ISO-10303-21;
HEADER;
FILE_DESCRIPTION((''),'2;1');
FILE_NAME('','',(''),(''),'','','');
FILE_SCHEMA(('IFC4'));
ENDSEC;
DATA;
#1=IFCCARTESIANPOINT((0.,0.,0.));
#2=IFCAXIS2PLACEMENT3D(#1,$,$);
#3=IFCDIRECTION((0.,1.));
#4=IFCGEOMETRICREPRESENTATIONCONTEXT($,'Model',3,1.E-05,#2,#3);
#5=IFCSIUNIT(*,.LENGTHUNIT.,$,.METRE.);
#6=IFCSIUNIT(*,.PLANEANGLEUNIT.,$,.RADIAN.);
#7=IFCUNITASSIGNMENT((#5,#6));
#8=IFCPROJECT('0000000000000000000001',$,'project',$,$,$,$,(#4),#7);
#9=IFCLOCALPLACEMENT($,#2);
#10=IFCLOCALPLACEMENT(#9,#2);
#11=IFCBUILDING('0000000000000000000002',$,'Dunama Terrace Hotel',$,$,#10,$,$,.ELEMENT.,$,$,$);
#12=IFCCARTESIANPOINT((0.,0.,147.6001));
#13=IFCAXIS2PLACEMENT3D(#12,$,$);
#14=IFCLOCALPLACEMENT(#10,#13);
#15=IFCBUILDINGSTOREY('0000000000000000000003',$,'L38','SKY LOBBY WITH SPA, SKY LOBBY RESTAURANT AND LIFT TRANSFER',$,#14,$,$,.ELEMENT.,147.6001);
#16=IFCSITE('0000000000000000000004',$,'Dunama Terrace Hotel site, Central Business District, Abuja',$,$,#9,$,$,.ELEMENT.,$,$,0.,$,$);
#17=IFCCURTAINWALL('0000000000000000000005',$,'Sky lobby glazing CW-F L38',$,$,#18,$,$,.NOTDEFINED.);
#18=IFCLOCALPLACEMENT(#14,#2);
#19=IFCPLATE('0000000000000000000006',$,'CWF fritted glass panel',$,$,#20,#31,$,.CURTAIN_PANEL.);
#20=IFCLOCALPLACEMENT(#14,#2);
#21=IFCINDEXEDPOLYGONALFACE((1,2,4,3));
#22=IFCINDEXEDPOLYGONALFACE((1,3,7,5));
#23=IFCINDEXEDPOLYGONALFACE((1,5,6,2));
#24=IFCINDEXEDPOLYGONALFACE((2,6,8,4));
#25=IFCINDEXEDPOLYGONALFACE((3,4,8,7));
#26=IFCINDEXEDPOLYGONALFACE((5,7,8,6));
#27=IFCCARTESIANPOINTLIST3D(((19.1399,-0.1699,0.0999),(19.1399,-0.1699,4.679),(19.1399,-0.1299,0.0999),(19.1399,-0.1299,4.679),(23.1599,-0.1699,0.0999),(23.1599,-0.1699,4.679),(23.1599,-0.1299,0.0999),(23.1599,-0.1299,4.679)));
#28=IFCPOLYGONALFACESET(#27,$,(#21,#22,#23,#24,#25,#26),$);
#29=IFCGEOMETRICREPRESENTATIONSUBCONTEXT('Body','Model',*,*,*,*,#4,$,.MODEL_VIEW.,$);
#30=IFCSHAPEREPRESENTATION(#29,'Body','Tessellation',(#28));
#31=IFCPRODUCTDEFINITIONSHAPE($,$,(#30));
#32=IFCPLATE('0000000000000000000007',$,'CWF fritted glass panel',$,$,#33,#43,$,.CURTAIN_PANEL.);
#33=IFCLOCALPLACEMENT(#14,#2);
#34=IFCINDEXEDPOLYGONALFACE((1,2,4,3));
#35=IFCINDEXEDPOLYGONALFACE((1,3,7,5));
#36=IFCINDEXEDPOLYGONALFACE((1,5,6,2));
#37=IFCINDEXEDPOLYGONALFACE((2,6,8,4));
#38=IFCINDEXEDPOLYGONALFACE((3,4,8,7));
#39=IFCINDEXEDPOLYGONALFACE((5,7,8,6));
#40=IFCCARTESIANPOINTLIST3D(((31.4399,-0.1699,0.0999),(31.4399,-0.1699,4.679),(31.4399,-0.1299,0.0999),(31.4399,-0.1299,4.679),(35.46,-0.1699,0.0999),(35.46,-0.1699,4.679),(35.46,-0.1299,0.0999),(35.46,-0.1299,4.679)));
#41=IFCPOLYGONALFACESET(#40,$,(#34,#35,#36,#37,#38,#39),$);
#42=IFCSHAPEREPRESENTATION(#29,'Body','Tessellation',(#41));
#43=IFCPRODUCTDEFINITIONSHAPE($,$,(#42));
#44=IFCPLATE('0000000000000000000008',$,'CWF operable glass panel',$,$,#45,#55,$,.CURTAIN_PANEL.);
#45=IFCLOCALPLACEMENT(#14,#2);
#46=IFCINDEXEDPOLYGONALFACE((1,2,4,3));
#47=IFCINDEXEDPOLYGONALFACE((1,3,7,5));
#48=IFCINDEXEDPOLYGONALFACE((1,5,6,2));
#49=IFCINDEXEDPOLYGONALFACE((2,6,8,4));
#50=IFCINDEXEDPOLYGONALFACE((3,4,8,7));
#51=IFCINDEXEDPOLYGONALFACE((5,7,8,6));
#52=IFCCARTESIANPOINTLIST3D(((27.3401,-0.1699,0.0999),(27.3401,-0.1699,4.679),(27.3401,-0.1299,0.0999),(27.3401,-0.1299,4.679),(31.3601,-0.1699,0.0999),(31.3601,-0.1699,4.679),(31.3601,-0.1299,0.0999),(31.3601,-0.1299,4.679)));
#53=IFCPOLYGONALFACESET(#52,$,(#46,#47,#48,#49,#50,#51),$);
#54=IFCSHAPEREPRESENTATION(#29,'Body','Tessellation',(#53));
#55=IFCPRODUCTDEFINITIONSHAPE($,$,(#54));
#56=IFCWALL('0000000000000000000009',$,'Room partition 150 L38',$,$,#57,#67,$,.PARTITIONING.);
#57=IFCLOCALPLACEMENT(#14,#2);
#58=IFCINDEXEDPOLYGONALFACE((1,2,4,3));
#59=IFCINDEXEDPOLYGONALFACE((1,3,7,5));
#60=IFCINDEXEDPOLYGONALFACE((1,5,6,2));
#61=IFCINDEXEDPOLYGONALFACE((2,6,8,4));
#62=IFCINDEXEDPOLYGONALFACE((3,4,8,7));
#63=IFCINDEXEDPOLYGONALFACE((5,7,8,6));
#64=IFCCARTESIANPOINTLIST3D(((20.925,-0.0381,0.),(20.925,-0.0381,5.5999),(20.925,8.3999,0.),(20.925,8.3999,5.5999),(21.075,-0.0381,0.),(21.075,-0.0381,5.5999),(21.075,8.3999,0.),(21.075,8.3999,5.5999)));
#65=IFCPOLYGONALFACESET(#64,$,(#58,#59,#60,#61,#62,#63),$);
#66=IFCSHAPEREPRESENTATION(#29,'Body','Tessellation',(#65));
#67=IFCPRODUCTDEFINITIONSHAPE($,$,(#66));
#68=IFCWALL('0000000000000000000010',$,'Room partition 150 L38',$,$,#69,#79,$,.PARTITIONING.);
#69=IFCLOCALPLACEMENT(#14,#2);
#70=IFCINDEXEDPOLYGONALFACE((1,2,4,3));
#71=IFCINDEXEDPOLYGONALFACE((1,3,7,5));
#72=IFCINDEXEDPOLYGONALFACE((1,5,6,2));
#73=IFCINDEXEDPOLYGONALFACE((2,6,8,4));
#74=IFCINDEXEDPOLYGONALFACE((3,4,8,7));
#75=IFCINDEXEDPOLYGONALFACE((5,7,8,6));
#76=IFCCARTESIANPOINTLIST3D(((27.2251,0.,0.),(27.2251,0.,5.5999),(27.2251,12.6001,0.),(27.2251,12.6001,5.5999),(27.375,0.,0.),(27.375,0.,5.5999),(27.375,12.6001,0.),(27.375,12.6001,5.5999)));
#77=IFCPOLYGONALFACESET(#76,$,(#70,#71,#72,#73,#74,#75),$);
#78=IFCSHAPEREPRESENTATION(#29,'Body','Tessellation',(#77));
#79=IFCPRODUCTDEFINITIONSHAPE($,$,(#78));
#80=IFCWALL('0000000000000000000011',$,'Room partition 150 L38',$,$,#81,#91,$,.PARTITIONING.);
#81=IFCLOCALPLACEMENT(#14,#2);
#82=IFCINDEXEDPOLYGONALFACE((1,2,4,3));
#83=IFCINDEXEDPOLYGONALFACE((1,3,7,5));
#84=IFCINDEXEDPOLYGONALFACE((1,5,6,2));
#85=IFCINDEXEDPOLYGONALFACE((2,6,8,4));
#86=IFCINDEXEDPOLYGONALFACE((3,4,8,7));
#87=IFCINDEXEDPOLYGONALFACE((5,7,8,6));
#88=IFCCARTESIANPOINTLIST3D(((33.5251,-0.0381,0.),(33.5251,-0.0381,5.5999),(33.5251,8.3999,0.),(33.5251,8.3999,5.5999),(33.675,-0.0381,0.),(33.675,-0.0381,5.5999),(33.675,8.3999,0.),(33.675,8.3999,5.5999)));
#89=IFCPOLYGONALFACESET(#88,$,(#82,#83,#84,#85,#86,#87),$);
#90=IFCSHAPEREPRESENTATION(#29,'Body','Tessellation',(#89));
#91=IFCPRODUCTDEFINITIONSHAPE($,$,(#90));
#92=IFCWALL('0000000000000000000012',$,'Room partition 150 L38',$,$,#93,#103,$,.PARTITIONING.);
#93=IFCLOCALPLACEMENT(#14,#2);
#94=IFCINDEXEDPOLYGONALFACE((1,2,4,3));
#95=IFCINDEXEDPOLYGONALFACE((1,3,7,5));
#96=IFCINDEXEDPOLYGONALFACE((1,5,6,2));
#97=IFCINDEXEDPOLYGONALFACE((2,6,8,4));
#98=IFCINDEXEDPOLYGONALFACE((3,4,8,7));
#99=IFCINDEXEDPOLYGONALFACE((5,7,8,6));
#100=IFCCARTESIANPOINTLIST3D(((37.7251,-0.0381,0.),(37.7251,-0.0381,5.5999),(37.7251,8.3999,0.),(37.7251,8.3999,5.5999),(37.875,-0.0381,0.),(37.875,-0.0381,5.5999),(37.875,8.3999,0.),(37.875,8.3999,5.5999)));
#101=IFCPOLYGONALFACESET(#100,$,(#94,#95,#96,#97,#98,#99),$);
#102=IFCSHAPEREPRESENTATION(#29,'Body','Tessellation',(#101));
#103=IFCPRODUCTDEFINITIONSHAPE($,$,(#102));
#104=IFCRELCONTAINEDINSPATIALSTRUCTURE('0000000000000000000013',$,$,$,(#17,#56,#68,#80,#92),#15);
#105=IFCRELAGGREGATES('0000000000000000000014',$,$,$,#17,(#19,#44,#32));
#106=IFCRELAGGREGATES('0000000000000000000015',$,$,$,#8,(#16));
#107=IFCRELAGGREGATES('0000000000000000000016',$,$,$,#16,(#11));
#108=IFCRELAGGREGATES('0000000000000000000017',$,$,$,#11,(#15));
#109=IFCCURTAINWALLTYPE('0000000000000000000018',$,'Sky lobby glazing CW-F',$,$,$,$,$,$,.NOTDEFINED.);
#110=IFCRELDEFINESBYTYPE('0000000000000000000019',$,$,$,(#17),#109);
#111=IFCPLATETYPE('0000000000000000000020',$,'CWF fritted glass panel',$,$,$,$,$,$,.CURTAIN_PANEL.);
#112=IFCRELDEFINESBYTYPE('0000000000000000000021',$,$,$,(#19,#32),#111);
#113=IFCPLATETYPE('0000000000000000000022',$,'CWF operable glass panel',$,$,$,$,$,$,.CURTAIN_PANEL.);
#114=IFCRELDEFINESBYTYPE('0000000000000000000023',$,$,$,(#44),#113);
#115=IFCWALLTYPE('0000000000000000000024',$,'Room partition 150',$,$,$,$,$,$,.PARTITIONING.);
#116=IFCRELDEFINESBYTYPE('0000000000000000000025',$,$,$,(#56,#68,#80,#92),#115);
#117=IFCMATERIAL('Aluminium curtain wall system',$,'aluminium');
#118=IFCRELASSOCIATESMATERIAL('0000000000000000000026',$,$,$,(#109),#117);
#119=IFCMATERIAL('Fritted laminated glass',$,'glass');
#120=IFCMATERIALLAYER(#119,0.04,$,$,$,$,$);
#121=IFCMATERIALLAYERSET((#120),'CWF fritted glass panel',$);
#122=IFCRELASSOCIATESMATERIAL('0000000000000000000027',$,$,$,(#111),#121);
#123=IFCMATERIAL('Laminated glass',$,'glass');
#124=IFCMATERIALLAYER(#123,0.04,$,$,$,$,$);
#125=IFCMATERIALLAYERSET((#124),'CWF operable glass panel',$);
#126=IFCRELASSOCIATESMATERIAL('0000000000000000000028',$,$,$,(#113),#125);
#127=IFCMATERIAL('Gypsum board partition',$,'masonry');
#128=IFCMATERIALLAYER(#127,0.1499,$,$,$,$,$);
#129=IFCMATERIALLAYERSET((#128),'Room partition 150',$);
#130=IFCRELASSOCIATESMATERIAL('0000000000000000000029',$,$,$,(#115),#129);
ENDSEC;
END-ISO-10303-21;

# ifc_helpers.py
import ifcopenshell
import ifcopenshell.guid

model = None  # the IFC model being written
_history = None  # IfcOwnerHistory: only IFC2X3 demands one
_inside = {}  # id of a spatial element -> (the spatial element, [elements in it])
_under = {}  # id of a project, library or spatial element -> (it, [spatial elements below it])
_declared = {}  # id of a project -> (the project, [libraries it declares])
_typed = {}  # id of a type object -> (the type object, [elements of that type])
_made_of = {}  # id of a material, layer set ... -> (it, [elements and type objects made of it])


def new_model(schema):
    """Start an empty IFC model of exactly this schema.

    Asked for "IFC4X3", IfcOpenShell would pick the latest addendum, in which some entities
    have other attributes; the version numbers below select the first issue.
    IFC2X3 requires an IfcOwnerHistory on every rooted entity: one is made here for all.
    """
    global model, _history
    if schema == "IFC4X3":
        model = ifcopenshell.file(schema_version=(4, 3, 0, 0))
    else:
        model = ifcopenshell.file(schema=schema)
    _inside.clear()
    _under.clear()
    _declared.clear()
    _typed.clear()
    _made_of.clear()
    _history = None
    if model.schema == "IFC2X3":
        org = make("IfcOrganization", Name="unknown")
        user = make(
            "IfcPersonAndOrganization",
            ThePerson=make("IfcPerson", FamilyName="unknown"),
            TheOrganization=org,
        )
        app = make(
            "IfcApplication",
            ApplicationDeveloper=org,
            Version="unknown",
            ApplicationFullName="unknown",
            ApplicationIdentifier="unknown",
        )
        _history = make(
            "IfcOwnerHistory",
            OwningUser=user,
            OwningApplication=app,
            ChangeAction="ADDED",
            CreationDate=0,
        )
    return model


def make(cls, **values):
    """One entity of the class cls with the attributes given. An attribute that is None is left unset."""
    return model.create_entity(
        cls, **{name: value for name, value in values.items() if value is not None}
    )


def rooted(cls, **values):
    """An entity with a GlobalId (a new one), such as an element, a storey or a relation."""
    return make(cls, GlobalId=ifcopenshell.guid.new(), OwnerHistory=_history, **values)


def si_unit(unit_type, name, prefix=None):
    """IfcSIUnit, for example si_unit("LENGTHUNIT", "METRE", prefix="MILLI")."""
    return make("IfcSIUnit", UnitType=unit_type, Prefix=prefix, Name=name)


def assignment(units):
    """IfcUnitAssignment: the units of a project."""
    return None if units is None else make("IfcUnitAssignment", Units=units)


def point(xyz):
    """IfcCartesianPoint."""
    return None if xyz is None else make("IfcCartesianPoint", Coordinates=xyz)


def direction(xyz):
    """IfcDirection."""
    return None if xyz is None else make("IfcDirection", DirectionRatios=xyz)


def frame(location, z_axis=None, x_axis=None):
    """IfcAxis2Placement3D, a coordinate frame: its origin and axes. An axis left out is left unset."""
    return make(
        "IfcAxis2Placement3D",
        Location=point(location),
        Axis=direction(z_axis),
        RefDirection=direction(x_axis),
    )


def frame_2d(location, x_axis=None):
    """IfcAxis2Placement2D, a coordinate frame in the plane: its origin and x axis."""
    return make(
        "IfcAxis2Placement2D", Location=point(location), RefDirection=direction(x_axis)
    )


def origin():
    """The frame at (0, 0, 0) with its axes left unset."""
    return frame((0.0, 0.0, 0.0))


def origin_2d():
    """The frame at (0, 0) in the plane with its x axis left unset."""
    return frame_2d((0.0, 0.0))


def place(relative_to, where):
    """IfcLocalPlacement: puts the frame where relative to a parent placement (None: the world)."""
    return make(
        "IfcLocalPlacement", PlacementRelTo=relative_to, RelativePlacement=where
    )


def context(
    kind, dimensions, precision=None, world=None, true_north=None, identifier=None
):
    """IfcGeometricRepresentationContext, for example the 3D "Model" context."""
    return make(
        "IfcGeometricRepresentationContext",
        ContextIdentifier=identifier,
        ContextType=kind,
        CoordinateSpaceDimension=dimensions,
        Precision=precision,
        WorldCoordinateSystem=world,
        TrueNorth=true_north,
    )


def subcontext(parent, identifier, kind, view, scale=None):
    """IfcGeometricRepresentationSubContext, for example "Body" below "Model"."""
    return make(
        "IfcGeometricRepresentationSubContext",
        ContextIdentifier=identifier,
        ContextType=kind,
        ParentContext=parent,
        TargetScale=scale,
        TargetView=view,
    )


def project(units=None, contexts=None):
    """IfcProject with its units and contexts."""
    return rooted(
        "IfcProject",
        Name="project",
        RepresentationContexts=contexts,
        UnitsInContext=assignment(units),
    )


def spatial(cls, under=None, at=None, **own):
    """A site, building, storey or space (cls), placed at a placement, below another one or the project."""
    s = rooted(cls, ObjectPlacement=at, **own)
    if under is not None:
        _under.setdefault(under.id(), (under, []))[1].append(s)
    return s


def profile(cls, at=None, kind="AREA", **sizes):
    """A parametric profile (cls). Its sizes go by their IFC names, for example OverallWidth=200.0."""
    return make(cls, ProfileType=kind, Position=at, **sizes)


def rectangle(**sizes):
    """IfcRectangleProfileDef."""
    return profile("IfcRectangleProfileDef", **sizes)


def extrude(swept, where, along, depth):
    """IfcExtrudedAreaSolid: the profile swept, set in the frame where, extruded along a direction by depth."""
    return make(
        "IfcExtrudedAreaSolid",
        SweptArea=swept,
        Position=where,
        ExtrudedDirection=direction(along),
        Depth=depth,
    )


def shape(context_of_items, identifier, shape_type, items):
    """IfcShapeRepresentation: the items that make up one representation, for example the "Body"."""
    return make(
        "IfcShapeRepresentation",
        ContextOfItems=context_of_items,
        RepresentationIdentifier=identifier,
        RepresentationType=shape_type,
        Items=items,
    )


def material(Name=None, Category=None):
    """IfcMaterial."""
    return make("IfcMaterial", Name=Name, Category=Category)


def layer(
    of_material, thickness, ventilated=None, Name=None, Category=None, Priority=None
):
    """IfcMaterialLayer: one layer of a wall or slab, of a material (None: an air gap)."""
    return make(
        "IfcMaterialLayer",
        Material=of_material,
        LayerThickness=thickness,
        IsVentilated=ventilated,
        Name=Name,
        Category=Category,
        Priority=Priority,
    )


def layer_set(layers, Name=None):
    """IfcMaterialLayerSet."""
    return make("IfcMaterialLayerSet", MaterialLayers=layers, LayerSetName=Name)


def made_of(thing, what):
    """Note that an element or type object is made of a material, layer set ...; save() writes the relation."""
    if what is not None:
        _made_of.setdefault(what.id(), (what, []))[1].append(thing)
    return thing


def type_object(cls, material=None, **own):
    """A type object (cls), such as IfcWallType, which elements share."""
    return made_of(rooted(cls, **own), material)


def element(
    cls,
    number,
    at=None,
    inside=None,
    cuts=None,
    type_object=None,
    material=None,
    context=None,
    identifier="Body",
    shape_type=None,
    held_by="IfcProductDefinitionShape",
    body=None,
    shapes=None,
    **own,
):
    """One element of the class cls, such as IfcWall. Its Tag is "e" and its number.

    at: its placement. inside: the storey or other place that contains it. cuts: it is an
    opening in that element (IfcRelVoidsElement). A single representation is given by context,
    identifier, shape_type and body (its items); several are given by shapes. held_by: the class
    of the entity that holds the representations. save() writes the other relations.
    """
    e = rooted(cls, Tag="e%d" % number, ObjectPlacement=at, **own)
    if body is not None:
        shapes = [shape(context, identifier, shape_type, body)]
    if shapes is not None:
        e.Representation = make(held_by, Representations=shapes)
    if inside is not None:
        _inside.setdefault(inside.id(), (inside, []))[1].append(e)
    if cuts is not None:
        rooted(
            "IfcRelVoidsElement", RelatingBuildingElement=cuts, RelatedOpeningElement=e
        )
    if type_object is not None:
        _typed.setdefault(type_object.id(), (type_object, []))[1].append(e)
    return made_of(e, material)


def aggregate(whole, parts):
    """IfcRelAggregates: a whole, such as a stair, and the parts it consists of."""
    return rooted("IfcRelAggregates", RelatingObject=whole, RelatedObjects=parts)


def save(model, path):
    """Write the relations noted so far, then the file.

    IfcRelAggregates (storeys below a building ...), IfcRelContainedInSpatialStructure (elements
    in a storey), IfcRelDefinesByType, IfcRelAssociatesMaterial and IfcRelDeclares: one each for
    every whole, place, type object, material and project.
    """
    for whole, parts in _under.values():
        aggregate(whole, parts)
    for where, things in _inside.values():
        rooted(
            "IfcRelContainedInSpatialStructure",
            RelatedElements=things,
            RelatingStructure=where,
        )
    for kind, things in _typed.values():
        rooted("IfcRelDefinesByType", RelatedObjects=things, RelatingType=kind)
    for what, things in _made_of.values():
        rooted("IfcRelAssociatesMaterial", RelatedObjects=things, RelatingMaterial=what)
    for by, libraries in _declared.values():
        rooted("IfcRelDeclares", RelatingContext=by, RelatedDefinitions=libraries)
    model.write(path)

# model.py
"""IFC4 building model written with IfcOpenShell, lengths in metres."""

from ifc_helpers import new_model, si_unit, direction, frame, frame_2d, origin, origin_2d, place, context, subcontext, project, spatial, rectangle, extrude, material, layer, layer_set, type_object, element, aggregate, save


model = new_model("IFC4")

# Units and contexts
model_context = context("Model", 3, precision=1e-05, world=origin(), true_north=direction((0.0, 1.0)))
body_context = subcontext(model_context, "Body", "Model", "MODEL_VIEW")
ifc_project = project(units=[si_unit("LENGTHUNIT", "METRE"), si_unit("PLANEANGLEUNIT", "RADIAN")], contexts=[model_context])

# Site, building, storey
site_placement = place(None, origin())
site = spatial("IfcSite", under=ifc_project, at=site_placement, Name="Dunama Terrace Hotel site, Central Business District, Abuja", CompositionType="ELEMENT", RefElevation=0.0)
building_placement = place(site_placement, origin())
building = spatial("IfcBuilding", under=site, at=building_placement, Name="Dunama Terrace Hotel", CompositionType="ELEMENT")
storey_placement = place(building_placement, frame((0.0, 0.0, 147.6001)))
storey = spatial("IfcBuildingStorey", under=building, at=storey_placement, Name="L38", Description="SKY LOBBY WITH SPA, SKY LOBBY RESTAURANT AND LIFT TRANSFER", CompositionType="ELEMENT", Elevation=147.6001)

# Curtain wall, plates
ifc_material_1 = material(Name="Aluminium curtain wall system", Category="aluminium")
curtain_wall_type = type_object("IfcCurtainWallType", Name="Sky lobby glazing CW-F", PredefinedType="NOTDEFINED", material=ifc_material_1)
curtain_wall_placement = place(storey_placement, origin())
curtain_wall = element("IfcCurtainWall", 1, at=curtain_wall_placement, inside=storey, type_object=curtain_wall_type, Name="Sky lobby glazing CW-F L38", PredefinedType="NOTDEFINED")
ifc_material_2 = material(Name="Fritted laminated glass", Category="glass")
ifc_layer_1 = layer(ifc_material_2, 0.04)
ifc_layer_set_1 = layer_set([ifc_layer_1], Name="CWF fritted glass panel")
plate_type_1 = type_object("IfcPlateType", Name="CWF fritted glass panel", PredefinedType="CURTAIN_PANEL", material=ifc_layer_set_1)
plate_1_placement = place(storey_placement, frame((21.1499, -0.1499, 0.0999), z_axis=(0.0, 0.0, 1.0), x_axis=(1.0, 0.0, 0.0)))
plate_1 = element("IfcPlate", 2, at=plate_1_placement, type_object=plate_type_1, Name="CWF fritted glass panel", PredefinedType="CURTAIN_PANEL", context=body_context, shape_type="SweptSolid", body=[
    extrude(rectangle(XDim=4.02, YDim=0.04, at=origin_2d()), origin(), (0.0, 0.0, 1.0), 4.5791),
])
plate_2_placement = place(storey_placement, frame((33.45, -0.1499, 0.0999), z_axis=(0.0, 0.0, 1.0), x_axis=(1.0, 0.0, 0.0)))
plate_2 = element("IfcPlate", 3, at=plate_2_placement, type_object=plate_type_1, Name="CWF fritted glass panel", PredefinedType="CURTAIN_PANEL", context=body_context, shape_type="SweptSolid", body=[
    extrude(rectangle(XDim=4.02, YDim=0.04, at=origin_2d()), origin(), (0.0, 0.0, 1.0), 4.5791),
])
ifc_material_3 = material(Name="Laminated glass", Category="glass")
ifc_layer_2 = layer(ifc_material_3, 0.04)
ifc_layer_set_2 = layer_set([ifc_layer_2], Name="CWF operable glass panel")
plate_type_2 = type_object("IfcPlateType", Name="CWF operable glass panel", PredefinedType="CURTAIN_PANEL", material=ifc_layer_set_2)
plate_3_placement = place(storey_placement, frame((29.3501, -0.1499, 0.0999), z_axis=(0.0, 0.0, 1.0), x_axis=(1.0, 0.0, 0.0)))
plate_3 = element("IfcPlate", 4, at=plate_3_placement, type_object=plate_type_2, Name="CWF operable glass panel", PredefinedType="CURTAIN_PANEL", context=body_context, shape_type="SweptSolid", body=[
    extrude(rectangle(XDim=4.02, YDim=0.04, at=origin_2d()), origin(), (0.0, 0.0, 1.0), 4.5791),
])
aggregate(curtain_wall, [plate_1, plate_3, plate_2])

# Walls
ifc_material_4 = material(Name="Gypsum board partition", Category="masonry")
ifc_layer_3 = layer(ifc_material_4, 0.1499)
ifc_layer_set_3 = layer_set([ifc_layer_3], Name="Room partition 150")
wall_type = type_object("IfcWallType", Name="Room partition 150", PredefinedType="PARTITIONING", material=ifc_layer_set_3)
wall_1_placement = place(storey_placement, frame((21.0, -0.0381, 0.0), z_axis=(0.0, 0.0, 1.0), x_axis=(0.0, 1.0, 0.0)))
element("IfcWall", 5, at=wall_1_placement, inside=storey, type_object=wall_type, Name="Room partition 150 L38", PredefinedType="PARTITIONING", context=body_context, shape_type="SweptSolid", body=[
    extrude(rectangle(XDim=8.438, YDim=0.1499, at=frame_2d((4.219, 0.0))), origin(), (0.0, 0.0, 1.0), 5.5999),
])
wall_2_placement = place(storey_placement, frame((27.3, 0.0, 0.0), z_axis=(0.0, 0.0, 1.0), x_axis=(0.0, 1.0, 0.0)))
element("IfcWall", 6, at=wall_2_placement, inside=storey, type_object=wall_type, Name="Room partition 150 L38", PredefinedType="PARTITIONING", context=body_context, shape_type="SweptSolid", body=[
    extrude(rectangle(XDim=12.6001, YDim=0.1499, at=frame_2d((6.3, 0.0))), origin(), (0.0, 0.0, 1.0), 5.5999),
])
for number, where, z_axis, x_axis, name in (
    (7, (33.6001, -0.0381, 0.0), (0.0, 0.0, 1.0), (0.0, 1.0, 0.0), "Room partition 150 L38"),
    (8, (37.8, -0.0381, 0.0), (0.0, 0.0, 1.0), (0.0, 1.0, 0.0), "Room partition 150 L38"),
):
    element("IfcWall", number, at=place(storey_placement, frame(where, z_axis=z_axis, x_axis=x_axis)), inside=storey, type_object=wall_type, Name=name, PredefinedType="PARTITIONING", context=body_context, shape_type="SweptSolid", body=[
        extrude(rectangle(XDim=8.438, YDim=0.1499, at=frame_2d((4.219, 0.0))), origin(), (0.0, 0.0, 1.0), 5.5999),
    ])

save(model, "model.ifc")
